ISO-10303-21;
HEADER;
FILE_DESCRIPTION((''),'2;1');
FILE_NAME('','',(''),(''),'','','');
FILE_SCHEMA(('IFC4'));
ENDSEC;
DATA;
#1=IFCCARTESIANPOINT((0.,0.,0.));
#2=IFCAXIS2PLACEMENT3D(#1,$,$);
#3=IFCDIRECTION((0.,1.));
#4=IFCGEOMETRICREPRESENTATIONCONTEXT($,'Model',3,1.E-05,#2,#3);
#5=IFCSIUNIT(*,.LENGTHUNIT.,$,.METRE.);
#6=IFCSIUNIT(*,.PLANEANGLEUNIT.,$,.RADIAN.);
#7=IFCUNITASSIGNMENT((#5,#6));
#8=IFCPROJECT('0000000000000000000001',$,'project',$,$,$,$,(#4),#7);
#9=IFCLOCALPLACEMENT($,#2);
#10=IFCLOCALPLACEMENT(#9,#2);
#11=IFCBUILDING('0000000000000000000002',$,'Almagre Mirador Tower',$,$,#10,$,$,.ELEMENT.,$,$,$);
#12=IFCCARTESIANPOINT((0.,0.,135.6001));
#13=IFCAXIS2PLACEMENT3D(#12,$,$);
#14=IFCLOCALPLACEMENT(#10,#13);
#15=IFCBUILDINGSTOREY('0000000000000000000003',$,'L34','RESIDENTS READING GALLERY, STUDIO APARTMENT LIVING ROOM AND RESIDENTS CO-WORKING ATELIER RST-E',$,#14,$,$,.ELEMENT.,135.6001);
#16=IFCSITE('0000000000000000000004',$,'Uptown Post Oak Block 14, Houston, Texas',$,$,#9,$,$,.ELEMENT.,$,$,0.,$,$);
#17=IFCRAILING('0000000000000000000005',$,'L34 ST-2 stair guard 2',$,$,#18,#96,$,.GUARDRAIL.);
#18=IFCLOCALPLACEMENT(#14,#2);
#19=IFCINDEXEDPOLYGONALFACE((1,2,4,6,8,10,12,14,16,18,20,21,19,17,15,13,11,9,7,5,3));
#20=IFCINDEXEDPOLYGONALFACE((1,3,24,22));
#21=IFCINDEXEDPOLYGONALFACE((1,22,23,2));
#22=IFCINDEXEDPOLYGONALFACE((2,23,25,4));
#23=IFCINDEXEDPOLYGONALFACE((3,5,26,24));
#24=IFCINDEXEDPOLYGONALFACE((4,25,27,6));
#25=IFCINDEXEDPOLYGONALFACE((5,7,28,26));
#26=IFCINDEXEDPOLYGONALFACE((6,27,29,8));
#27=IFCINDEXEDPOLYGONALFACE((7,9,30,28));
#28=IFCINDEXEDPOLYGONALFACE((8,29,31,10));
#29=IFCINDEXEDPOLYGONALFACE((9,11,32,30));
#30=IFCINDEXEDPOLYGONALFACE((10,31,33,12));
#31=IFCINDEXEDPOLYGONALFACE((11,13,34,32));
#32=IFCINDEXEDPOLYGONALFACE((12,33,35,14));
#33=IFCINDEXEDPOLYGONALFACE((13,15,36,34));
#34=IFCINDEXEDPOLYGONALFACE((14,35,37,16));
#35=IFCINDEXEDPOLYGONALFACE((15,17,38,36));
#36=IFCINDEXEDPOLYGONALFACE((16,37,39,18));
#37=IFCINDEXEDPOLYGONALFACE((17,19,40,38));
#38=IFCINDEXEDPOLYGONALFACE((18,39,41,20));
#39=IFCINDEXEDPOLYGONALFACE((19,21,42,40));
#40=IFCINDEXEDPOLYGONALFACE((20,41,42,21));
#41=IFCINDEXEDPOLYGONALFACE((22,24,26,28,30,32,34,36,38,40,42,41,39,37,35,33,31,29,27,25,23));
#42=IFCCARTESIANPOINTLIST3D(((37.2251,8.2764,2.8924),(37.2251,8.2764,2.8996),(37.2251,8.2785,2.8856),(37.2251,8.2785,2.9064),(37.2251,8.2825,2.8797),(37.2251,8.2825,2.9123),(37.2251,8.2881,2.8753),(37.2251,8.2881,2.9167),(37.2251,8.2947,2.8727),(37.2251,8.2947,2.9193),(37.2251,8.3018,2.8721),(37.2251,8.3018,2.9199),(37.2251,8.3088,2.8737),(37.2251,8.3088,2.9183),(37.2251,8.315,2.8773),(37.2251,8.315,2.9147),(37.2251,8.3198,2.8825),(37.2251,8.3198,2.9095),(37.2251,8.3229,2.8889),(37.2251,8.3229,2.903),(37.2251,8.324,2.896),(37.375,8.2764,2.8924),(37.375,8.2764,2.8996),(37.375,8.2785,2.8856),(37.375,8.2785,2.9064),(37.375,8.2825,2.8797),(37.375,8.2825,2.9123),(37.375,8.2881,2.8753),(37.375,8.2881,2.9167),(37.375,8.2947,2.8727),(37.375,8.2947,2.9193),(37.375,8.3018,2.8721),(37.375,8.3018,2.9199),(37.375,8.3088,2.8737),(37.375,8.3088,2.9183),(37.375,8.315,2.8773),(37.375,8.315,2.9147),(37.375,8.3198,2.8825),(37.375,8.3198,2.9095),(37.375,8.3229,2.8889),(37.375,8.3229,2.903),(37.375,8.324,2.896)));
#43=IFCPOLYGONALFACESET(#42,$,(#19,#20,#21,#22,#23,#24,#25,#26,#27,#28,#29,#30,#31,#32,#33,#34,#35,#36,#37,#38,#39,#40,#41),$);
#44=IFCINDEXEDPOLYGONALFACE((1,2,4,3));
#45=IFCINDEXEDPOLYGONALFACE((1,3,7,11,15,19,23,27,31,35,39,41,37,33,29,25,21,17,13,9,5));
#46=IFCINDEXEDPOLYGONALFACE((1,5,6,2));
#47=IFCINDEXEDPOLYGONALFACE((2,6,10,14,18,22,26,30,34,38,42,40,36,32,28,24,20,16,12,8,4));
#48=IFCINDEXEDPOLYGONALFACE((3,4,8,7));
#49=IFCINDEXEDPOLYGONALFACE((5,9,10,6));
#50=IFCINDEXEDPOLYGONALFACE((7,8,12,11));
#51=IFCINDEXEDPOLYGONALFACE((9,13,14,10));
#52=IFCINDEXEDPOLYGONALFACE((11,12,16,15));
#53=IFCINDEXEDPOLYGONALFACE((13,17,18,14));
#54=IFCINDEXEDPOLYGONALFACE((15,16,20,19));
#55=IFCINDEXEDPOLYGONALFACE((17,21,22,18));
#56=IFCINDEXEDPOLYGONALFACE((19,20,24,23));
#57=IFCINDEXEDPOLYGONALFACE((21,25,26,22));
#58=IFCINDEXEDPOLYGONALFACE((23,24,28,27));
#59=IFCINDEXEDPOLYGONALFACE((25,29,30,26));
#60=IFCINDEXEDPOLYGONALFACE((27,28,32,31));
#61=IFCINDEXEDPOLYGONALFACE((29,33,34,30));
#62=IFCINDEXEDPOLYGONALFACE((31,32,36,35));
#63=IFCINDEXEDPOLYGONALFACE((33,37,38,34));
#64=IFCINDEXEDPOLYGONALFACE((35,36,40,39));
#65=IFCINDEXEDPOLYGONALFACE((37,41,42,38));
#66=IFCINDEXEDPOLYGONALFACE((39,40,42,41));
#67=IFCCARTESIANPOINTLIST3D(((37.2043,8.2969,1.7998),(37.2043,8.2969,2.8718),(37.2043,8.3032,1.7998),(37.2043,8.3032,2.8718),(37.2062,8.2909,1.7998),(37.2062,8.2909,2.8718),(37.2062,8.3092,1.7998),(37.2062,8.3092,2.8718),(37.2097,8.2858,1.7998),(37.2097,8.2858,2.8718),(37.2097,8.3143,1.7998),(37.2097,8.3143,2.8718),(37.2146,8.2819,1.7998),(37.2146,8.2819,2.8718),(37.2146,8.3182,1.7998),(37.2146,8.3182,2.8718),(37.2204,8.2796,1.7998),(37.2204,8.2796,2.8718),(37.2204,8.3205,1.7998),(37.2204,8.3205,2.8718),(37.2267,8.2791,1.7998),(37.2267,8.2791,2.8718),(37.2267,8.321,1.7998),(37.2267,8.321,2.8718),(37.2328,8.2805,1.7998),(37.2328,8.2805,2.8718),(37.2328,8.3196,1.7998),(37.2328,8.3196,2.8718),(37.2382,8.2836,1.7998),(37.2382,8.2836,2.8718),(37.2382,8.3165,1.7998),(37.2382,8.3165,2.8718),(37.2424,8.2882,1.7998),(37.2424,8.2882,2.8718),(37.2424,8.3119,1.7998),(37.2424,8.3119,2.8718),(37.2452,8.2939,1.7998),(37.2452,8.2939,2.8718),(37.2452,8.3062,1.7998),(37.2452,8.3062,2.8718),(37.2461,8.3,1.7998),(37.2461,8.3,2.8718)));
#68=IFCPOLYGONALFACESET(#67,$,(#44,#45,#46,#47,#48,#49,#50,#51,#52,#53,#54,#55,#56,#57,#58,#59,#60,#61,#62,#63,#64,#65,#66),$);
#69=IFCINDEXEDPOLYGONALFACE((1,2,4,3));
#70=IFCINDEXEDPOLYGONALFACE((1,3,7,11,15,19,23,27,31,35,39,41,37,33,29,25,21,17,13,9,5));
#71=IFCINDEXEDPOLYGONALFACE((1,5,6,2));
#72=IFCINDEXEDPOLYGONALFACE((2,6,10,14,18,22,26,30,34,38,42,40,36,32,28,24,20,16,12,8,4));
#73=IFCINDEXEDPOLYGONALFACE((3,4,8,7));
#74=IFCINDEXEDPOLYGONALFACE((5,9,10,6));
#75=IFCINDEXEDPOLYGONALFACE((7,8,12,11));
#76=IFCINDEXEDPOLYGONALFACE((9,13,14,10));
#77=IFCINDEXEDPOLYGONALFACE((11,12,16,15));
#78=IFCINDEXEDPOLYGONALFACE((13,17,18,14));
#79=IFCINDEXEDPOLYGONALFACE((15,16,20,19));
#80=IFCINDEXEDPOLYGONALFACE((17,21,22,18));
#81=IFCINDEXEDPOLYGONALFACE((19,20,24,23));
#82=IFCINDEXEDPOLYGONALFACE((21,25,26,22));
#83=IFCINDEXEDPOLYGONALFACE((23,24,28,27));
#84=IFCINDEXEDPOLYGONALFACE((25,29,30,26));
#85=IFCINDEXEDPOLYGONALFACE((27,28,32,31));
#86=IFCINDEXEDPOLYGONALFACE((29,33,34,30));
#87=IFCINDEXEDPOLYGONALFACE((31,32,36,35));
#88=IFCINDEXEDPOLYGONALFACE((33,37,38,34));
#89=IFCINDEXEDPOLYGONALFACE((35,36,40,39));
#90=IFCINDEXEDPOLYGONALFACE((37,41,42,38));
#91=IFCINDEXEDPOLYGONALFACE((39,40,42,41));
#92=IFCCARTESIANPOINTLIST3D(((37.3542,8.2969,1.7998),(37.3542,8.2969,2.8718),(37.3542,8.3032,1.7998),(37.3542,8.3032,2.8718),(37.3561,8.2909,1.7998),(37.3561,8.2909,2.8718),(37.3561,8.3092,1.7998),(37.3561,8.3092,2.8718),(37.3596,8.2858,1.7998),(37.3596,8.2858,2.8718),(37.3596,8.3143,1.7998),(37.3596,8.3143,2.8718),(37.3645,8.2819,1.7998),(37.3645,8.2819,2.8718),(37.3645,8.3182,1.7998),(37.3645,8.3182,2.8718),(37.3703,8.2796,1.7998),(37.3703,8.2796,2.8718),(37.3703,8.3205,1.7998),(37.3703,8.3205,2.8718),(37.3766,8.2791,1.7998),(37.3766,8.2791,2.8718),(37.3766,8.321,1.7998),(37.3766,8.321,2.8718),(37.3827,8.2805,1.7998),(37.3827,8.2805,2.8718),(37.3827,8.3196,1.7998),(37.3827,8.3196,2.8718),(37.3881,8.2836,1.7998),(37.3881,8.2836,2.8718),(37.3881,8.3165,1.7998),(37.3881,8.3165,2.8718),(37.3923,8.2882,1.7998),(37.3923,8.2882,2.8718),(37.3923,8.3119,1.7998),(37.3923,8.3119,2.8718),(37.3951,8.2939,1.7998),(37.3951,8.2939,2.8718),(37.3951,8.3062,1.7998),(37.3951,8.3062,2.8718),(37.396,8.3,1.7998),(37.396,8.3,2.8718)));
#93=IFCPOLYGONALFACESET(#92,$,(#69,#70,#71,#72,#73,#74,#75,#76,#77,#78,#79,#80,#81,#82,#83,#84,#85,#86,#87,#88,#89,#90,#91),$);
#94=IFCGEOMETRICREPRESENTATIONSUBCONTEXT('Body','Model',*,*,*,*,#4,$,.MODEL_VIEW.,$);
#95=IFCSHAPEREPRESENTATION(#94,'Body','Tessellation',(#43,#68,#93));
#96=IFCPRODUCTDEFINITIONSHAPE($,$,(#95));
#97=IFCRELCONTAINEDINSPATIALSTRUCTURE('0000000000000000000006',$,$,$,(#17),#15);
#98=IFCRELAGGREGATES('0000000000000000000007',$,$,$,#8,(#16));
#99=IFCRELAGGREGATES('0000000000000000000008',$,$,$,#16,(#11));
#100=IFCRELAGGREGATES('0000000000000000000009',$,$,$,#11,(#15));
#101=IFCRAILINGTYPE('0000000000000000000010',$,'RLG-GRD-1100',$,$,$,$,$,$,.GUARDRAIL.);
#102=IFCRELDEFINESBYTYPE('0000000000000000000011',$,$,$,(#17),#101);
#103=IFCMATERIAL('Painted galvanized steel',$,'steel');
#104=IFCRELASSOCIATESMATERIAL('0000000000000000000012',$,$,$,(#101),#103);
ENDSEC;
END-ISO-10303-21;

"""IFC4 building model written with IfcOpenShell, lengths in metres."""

from ifc_helpers import new_model, si_unit, direction, frame, origin, origin_2d, place, context, subcontext, project, spatial, circle, extrude, material, type_object, element, save


model = new_model("IFC4")

# Units and contexts
model_context = context("Model", 3, precision=1e-05, world=origin(), true_north=direction((0.0, 1.0)))
body_context = subcontext(model_context, "Body", "Model", "MODEL_VIEW")
ifc_project = project(units=[si_unit("LENGTHUNIT", "METRE"), si_unit("PLANEANGLEUNIT", "RADIAN")], contexts=[model_context])

# Site, building, storey
site_placement = place(None, origin())
site = spatial("IfcSite", under=ifc_project, at=site_placement, Name="Uptown Post Oak Block 14, Houston, Texas", CompositionType="ELEMENT", RefElevation=0.0)
building_placement = place(site_placement, origin())
building = spatial("IfcBuilding", under=site, at=building_placement, Name="Almagre Mirador Tower", CompositionType="ELEMENT")
storey_placement = place(building_placement, frame((0.0, 0.0, 135.6001)))
storey = spatial("IfcBuildingStorey", under=building, at=storey_placement, Name="L34", Description="RESIDENTS READING GALLERY, STUDIO APARTMENT LIVING ROOM AND RESIDENTS CO-WORKING ATELIER RST-E", CompositionType="ELEMENT", Elevation=135.6001)

# Railing
ifc_material_1 = material(Name="Painted galvanized steel", Category="steel")
railing_type_1 = type_object("IfcRailingType", Name="RLG-GRD-1100", PredefinedType="GUARDRAIL", material=ifc_material_1)
railing_1_placement = place(storey_placement, frame((37.2251, 8.3, 1.7998)))
element("IfcRailing", 1, at=railing_1_placement, inside=storey, type_object=railing_type_1, Name="L34 ST-2 stair guard 2", PredefinedType="GUARDRAIL", context=body_context, shape_type="SweptSolid", body=[
    extrude(circle(Radius=0.0239, at=origin_2d()), frame((0.0, 0.0, 1.0962), z_axis=(1.0, 0.0, 0.0), x_axis=(0.0, 1.0, 0.0)), (0.0, 0.0, 1.0), 0.1499),
    extrude(circle(Radius=0.021, at=origin_2d()), origin(), (0.0, 0.0, 1.0), 1.072),
    extrude(circle(Radius=0.021, at=origin_2d()), frame((0.1499, 0.0, 0.0)), (0.0, 0.0, 1.0), 1.072),
])

save(model, "model.ifc")
